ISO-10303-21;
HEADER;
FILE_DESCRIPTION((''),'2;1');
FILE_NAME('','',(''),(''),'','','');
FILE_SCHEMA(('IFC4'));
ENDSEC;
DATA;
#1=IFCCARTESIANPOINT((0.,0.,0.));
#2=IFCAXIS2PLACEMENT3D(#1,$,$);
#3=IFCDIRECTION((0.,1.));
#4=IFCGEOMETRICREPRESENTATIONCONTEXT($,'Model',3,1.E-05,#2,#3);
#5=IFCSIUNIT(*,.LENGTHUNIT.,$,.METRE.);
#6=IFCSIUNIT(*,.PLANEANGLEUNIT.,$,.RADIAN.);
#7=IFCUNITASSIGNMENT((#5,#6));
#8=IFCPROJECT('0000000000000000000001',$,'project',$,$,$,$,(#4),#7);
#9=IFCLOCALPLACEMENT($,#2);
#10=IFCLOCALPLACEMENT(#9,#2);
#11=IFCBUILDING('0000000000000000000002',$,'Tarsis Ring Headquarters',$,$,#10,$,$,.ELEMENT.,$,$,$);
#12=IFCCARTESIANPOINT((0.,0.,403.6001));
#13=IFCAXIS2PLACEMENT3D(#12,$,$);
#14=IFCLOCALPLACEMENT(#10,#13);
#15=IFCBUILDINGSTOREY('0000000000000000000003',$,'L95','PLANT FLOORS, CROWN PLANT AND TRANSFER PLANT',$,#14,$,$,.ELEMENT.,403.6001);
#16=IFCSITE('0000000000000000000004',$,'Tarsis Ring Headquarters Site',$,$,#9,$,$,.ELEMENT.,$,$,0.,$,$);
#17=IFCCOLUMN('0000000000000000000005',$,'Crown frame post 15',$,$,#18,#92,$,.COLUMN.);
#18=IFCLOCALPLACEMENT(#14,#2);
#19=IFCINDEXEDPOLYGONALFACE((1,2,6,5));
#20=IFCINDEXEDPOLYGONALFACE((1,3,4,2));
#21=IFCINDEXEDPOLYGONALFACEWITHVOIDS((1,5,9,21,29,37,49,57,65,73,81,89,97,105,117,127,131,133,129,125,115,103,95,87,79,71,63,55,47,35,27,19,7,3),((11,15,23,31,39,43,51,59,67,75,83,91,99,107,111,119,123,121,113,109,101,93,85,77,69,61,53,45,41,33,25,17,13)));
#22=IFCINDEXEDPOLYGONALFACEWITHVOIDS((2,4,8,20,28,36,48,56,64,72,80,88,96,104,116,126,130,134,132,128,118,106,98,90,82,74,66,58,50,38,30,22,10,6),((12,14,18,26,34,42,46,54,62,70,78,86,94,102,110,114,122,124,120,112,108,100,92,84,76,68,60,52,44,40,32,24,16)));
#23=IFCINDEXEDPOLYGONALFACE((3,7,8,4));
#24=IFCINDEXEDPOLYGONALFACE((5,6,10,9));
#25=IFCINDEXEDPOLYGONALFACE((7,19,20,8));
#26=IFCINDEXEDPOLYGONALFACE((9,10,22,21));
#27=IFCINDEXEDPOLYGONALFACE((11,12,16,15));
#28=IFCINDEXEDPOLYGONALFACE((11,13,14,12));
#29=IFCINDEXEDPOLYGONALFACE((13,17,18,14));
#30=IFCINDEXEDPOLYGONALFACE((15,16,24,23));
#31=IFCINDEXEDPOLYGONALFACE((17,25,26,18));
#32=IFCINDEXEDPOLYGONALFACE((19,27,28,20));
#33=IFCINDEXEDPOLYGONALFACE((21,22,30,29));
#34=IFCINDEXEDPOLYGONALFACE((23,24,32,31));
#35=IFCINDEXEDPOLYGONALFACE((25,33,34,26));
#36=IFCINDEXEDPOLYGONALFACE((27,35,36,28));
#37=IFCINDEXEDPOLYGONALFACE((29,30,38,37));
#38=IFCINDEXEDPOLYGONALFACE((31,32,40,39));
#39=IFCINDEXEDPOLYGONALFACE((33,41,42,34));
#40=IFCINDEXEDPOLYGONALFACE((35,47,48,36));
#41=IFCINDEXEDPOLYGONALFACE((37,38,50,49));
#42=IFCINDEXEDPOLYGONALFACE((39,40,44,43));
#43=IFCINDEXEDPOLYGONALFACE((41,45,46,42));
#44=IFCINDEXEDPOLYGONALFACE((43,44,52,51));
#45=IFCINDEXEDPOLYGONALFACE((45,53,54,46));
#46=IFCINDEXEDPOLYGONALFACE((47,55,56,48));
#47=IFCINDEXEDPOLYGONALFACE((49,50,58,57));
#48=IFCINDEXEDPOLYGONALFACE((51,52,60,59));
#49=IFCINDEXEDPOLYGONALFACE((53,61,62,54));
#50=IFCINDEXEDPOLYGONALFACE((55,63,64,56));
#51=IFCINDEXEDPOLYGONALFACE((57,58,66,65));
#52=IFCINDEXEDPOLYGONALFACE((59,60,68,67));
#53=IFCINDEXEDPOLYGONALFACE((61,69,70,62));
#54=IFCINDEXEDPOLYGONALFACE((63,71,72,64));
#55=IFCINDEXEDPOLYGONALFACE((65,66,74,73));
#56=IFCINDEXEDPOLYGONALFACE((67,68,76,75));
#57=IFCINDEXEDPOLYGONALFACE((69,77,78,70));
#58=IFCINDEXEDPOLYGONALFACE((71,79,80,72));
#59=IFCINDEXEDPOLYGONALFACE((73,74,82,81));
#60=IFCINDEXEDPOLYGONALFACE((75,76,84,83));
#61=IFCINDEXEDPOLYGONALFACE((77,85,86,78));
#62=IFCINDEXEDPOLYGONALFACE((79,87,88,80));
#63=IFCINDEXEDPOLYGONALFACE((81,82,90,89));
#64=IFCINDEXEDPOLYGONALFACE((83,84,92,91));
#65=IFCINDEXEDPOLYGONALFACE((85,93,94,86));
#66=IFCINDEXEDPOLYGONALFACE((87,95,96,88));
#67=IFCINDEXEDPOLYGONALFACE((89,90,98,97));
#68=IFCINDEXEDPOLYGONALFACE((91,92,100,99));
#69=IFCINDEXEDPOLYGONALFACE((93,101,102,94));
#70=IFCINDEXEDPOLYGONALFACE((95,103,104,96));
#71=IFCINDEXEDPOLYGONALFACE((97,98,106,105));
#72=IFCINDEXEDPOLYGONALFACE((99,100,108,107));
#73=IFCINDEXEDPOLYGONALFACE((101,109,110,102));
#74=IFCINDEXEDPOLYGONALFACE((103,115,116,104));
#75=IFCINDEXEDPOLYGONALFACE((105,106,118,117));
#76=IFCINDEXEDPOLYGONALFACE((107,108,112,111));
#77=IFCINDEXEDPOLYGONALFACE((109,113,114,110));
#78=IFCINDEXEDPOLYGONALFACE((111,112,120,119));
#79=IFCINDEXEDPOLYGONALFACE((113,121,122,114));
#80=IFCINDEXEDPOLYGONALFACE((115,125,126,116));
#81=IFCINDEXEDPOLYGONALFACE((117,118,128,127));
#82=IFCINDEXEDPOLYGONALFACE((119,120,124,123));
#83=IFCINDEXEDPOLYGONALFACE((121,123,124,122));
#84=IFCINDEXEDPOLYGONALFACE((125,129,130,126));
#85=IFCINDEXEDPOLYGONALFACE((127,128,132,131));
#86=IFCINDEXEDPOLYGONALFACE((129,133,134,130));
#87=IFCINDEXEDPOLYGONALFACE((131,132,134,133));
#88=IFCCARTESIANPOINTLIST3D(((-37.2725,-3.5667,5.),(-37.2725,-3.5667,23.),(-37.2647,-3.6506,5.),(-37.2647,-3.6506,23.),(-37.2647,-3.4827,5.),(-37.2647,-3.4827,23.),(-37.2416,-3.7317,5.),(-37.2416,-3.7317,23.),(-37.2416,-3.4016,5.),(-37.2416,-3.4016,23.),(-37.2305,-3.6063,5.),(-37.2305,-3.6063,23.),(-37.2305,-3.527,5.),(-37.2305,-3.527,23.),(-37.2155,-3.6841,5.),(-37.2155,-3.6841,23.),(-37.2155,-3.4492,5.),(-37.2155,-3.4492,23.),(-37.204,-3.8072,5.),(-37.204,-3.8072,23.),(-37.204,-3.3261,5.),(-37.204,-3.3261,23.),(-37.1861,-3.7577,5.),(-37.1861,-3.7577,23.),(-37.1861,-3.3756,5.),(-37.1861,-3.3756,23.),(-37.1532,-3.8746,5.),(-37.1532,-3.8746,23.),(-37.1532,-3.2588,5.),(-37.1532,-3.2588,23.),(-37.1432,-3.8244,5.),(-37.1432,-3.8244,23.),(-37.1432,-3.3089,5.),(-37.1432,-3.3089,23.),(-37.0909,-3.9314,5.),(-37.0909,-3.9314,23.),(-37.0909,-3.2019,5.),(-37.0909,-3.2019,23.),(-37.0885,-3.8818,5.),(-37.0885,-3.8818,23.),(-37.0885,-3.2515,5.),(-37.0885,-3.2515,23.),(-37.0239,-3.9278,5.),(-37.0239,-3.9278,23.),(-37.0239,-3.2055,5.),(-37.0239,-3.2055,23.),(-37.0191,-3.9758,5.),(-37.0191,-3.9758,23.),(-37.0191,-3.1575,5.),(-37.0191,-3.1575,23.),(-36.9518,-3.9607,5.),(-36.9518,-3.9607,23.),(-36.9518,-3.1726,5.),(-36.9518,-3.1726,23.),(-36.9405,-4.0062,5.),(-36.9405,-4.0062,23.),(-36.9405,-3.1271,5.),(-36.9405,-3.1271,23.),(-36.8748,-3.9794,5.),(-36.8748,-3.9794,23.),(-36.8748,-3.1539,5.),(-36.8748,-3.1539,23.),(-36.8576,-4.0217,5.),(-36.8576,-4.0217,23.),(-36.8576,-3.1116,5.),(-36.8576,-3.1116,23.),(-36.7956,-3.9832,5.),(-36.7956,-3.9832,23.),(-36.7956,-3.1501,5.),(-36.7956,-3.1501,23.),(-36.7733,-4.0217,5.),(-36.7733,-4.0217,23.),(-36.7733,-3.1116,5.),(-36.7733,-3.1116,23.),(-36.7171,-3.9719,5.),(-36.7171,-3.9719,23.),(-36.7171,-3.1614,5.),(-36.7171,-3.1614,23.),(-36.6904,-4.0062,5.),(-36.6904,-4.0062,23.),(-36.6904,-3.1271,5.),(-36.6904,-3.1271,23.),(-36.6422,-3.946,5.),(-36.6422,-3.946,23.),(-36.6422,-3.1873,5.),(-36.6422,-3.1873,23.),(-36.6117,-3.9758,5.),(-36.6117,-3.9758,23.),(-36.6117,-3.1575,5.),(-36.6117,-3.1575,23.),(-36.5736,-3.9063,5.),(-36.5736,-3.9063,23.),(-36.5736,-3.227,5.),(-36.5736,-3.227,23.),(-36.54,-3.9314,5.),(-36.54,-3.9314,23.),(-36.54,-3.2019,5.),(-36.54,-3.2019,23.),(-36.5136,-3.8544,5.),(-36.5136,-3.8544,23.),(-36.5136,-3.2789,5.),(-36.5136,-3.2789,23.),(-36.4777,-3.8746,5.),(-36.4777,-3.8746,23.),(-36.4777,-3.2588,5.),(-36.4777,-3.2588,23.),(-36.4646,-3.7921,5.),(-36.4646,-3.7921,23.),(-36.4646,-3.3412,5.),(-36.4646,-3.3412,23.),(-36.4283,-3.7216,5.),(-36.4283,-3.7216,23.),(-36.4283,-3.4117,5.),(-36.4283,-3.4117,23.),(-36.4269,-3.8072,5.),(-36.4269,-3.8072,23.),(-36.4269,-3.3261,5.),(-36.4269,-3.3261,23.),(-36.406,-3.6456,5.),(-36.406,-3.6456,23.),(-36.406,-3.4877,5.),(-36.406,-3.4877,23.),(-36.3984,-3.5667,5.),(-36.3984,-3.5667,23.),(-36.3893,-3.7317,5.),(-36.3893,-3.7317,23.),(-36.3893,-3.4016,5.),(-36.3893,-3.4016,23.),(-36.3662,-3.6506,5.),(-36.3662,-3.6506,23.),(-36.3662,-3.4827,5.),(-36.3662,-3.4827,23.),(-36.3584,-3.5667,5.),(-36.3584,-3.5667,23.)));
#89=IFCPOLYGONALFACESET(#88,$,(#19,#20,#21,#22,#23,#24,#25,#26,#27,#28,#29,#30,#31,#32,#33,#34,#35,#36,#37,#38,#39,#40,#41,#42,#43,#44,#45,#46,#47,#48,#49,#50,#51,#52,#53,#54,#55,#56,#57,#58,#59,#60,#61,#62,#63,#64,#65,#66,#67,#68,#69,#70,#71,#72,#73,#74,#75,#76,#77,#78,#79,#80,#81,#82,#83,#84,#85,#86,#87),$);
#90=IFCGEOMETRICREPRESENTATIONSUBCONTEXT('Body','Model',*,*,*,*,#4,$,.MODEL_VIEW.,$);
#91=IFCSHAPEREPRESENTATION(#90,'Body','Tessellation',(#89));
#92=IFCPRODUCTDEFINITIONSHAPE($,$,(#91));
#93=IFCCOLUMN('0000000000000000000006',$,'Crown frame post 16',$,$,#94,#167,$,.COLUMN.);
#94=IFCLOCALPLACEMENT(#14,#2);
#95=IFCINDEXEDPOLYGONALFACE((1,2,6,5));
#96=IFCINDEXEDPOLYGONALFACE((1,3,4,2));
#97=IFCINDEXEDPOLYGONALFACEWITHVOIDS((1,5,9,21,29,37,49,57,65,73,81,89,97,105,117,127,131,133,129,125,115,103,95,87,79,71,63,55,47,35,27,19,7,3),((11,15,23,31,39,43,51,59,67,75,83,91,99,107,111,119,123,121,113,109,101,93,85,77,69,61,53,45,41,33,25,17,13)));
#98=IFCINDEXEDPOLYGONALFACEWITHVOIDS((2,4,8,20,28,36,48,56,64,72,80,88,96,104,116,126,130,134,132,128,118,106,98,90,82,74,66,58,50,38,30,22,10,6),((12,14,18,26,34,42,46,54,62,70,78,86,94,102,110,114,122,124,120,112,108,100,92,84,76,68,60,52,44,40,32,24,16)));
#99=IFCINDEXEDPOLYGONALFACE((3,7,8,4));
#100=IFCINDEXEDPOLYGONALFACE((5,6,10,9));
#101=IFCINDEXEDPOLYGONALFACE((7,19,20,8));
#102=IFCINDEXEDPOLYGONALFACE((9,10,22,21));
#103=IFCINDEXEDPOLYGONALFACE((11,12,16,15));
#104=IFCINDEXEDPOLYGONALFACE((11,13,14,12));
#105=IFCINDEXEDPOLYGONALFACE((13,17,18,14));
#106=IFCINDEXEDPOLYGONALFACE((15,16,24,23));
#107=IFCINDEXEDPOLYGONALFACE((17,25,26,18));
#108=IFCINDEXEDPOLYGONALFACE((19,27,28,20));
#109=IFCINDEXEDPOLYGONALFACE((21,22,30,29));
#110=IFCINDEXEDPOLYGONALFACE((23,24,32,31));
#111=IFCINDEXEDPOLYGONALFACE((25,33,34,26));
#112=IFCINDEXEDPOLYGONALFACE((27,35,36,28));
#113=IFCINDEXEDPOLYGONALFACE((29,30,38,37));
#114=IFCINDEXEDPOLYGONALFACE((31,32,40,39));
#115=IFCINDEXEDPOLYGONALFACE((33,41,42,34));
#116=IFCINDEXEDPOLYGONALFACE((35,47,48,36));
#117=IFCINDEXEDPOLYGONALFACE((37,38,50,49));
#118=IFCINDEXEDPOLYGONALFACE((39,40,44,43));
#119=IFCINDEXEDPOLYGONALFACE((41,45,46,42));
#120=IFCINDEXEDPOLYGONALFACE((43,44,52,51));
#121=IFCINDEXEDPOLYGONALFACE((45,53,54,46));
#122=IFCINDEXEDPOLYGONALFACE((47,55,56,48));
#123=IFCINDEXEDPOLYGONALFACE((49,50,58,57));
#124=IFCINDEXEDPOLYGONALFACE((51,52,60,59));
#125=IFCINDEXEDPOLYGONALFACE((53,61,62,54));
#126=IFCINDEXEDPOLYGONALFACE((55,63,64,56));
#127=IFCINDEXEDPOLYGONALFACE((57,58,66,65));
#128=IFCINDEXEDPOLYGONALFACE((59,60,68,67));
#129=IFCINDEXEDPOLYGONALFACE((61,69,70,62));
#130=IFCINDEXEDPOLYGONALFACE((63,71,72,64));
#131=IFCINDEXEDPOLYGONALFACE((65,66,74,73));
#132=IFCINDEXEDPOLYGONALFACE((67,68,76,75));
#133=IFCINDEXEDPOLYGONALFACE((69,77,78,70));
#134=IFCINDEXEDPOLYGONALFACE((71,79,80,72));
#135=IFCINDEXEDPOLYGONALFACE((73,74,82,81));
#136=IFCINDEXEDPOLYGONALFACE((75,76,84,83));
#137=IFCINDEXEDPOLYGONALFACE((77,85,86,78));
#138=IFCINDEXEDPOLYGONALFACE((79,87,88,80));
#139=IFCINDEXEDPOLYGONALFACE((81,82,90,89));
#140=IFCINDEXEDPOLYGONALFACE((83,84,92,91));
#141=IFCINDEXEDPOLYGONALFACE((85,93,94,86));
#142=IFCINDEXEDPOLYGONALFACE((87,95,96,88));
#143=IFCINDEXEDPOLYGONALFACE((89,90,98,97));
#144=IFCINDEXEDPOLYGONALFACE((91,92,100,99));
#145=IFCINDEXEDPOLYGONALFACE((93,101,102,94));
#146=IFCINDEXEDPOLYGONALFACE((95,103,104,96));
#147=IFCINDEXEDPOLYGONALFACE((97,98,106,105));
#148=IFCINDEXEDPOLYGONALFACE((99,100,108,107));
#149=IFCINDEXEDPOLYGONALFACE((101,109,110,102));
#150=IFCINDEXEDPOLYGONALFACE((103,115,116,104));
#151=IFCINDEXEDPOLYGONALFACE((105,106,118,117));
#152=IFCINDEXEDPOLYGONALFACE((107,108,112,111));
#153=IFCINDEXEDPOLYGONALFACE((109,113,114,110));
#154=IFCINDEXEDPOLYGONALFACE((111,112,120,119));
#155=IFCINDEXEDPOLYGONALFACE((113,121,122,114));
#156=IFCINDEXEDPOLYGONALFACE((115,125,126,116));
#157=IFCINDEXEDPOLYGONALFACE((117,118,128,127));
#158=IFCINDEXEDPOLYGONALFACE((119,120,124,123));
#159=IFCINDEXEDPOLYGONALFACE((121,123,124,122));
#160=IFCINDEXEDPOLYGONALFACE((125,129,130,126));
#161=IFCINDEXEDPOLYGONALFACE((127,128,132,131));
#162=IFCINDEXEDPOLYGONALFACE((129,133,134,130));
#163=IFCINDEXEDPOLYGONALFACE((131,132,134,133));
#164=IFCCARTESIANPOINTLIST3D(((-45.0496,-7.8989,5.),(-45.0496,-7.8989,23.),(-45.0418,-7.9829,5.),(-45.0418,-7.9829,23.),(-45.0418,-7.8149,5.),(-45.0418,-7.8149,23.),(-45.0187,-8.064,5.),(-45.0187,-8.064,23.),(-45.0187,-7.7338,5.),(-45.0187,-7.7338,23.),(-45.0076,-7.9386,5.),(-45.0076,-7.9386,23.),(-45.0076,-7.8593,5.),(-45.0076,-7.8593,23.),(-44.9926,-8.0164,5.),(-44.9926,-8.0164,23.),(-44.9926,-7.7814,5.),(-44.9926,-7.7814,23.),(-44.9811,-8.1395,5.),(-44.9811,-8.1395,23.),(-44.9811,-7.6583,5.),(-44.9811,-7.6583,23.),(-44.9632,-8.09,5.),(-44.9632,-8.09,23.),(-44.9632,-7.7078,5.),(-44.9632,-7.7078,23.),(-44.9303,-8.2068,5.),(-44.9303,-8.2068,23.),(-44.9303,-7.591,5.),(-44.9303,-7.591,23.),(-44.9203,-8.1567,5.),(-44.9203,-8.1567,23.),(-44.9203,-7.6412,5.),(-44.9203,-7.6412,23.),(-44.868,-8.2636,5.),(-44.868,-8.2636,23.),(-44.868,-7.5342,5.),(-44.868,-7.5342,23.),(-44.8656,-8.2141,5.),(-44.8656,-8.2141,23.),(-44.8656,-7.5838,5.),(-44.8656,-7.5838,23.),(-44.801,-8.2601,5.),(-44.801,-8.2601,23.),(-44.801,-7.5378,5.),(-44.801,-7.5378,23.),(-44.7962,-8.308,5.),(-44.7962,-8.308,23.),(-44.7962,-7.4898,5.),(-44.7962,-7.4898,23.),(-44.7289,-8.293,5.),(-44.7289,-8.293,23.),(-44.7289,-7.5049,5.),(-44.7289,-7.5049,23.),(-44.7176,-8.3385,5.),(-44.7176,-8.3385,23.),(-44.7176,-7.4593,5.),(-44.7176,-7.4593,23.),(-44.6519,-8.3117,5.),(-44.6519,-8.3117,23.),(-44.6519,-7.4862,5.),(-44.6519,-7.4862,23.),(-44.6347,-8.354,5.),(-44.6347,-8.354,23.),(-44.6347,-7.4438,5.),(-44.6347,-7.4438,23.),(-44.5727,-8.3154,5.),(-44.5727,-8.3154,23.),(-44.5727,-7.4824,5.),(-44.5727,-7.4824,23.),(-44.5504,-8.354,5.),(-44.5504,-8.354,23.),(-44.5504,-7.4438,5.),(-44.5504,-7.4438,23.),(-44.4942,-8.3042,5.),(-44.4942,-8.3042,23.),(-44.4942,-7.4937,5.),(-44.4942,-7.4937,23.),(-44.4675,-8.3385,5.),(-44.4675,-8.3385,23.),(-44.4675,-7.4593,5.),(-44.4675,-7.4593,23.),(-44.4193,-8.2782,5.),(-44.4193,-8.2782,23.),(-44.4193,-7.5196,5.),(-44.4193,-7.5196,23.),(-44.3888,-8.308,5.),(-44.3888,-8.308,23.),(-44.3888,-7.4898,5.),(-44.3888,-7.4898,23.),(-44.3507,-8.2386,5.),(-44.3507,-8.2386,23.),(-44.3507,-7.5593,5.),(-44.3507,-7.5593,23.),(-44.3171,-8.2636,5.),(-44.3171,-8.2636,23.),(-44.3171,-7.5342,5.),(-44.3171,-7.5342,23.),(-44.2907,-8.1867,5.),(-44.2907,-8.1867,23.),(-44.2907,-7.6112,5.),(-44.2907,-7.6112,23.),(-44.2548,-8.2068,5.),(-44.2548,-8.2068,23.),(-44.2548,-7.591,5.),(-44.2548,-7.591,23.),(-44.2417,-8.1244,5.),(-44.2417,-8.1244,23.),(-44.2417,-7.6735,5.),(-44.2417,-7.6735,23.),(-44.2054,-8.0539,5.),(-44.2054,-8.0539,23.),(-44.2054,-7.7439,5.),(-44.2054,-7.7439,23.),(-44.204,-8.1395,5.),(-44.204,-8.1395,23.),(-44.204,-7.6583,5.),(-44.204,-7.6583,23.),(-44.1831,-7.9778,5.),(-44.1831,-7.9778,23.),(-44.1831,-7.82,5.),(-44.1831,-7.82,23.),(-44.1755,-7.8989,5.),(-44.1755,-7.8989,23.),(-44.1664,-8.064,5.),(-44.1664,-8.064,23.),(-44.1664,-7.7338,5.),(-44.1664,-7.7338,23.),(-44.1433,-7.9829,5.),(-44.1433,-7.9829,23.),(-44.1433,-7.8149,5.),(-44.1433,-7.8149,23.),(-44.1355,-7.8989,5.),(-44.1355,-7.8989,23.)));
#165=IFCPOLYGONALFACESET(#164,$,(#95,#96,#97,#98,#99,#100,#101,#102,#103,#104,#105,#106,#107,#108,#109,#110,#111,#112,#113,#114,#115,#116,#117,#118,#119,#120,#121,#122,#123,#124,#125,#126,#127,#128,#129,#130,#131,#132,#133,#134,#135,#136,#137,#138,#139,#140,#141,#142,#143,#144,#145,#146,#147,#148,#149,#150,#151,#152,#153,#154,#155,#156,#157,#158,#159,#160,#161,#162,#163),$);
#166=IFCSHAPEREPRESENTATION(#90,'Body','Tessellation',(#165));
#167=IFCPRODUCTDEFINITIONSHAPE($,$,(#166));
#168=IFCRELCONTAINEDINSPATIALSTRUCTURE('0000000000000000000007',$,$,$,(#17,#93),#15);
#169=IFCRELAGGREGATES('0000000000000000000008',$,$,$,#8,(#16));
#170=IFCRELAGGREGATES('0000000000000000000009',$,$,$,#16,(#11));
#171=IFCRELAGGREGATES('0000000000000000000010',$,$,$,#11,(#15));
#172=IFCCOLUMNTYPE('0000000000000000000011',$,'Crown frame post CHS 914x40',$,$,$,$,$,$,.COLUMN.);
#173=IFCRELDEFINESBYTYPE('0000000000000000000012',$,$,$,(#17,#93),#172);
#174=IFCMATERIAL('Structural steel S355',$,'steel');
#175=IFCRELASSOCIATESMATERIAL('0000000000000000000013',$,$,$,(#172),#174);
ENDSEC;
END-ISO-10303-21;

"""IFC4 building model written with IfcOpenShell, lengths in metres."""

from ifc_helpers import new_model, si_unit, direction, frame, origin, origin_2d, place, context, subcontext, project, spatial, hollow_circle, extrude, material, material_profile, profile_set, type_object, element, save


model = new_model("IFC4")

# Units and contexts
model_context = context("Model", 3, precision=1e-05, world=origin(), true_north=direction((0.0, 1.0)))
body_context = subcontext(model_context, "Body", "Model", "MODEL_VIEW")
ifc_project = project(units=[si_unit("LENGTHUNIT", "METRE"), si_unit("PLANEANGLEUNIT", "RADIAN")], contexts=[model_context])

# Site, building, storey
site_placement = place(None, origin())
site = spatial("IfcSite", under=ifc_project, at=site_placement, Name="Tarsis Ring Headquarters Site", CompositionType="ELEMENT", RefElevation=0.0)
building_placement = place(site_placement, origin())
building = spatial("IfcBuilding", under=site, at=building_placement, Name="Tarsis Ring Headquarters", CompositionType="ELEMENT")
storey_placement = place(building_placement, frame((0.0, 0.0, 403.6001)))
storey = spatial("IfcBuildingStorey", under=building, at=storey_placement, Name="L95", Description="PLANT FLOORS, CROWN PLANT AND TRANSFER PLANT", CompositionType="ELEMENT", Elevation=403.6001)

# Columns
ifc_material_1 = material(Name="Structural steel S355", Category="steel")
ifc_material_profile_1 = material_profile(ifc_material_1, hollow_circle(Radius=0.457, WallThickness=0.04, at=origin_2d()), Name="CHS 914x40")
ifc_profile_set_1 = profile_set([ifc_material_profile_1], Name="Structural steel S355")
column_type_1 = type_object("IfcColumnType", Name="Crown frame post CHS 914x40", PredefinedType="COLUMN", material=ifc_profile_set_1)
for number, where, z_axis, x_axis, name in (
    (1, (-36.8154, -3.5667, 5.0), (0.0, 0.0, 1.0), (1.0, 0.0, 0.0), "Crown frame post 15"),
    (2, (-44.5925, -7.8989, 5.0), (0.0, 0.0, 1.0), (1.0, 0.0, 0.0), "Crown frame post 16"),
):
    element("IfcColumn", number, at=place(storey_placement, frame(where, z_axis=z_axis, x_axis=x_axis)), inside=storey, type_object=column_type_1, Name=name, PredefinedType="COLUMN", context=body_context, shape_type="SweptSolid", body=[
        extrude(hollow_circle(Radius=0.457, WallThickness=0.04, at=origin_2d()), origin(), (0.0, 0.0, 1.0), 18.0),
    ])

save(model, "model.ifc")
